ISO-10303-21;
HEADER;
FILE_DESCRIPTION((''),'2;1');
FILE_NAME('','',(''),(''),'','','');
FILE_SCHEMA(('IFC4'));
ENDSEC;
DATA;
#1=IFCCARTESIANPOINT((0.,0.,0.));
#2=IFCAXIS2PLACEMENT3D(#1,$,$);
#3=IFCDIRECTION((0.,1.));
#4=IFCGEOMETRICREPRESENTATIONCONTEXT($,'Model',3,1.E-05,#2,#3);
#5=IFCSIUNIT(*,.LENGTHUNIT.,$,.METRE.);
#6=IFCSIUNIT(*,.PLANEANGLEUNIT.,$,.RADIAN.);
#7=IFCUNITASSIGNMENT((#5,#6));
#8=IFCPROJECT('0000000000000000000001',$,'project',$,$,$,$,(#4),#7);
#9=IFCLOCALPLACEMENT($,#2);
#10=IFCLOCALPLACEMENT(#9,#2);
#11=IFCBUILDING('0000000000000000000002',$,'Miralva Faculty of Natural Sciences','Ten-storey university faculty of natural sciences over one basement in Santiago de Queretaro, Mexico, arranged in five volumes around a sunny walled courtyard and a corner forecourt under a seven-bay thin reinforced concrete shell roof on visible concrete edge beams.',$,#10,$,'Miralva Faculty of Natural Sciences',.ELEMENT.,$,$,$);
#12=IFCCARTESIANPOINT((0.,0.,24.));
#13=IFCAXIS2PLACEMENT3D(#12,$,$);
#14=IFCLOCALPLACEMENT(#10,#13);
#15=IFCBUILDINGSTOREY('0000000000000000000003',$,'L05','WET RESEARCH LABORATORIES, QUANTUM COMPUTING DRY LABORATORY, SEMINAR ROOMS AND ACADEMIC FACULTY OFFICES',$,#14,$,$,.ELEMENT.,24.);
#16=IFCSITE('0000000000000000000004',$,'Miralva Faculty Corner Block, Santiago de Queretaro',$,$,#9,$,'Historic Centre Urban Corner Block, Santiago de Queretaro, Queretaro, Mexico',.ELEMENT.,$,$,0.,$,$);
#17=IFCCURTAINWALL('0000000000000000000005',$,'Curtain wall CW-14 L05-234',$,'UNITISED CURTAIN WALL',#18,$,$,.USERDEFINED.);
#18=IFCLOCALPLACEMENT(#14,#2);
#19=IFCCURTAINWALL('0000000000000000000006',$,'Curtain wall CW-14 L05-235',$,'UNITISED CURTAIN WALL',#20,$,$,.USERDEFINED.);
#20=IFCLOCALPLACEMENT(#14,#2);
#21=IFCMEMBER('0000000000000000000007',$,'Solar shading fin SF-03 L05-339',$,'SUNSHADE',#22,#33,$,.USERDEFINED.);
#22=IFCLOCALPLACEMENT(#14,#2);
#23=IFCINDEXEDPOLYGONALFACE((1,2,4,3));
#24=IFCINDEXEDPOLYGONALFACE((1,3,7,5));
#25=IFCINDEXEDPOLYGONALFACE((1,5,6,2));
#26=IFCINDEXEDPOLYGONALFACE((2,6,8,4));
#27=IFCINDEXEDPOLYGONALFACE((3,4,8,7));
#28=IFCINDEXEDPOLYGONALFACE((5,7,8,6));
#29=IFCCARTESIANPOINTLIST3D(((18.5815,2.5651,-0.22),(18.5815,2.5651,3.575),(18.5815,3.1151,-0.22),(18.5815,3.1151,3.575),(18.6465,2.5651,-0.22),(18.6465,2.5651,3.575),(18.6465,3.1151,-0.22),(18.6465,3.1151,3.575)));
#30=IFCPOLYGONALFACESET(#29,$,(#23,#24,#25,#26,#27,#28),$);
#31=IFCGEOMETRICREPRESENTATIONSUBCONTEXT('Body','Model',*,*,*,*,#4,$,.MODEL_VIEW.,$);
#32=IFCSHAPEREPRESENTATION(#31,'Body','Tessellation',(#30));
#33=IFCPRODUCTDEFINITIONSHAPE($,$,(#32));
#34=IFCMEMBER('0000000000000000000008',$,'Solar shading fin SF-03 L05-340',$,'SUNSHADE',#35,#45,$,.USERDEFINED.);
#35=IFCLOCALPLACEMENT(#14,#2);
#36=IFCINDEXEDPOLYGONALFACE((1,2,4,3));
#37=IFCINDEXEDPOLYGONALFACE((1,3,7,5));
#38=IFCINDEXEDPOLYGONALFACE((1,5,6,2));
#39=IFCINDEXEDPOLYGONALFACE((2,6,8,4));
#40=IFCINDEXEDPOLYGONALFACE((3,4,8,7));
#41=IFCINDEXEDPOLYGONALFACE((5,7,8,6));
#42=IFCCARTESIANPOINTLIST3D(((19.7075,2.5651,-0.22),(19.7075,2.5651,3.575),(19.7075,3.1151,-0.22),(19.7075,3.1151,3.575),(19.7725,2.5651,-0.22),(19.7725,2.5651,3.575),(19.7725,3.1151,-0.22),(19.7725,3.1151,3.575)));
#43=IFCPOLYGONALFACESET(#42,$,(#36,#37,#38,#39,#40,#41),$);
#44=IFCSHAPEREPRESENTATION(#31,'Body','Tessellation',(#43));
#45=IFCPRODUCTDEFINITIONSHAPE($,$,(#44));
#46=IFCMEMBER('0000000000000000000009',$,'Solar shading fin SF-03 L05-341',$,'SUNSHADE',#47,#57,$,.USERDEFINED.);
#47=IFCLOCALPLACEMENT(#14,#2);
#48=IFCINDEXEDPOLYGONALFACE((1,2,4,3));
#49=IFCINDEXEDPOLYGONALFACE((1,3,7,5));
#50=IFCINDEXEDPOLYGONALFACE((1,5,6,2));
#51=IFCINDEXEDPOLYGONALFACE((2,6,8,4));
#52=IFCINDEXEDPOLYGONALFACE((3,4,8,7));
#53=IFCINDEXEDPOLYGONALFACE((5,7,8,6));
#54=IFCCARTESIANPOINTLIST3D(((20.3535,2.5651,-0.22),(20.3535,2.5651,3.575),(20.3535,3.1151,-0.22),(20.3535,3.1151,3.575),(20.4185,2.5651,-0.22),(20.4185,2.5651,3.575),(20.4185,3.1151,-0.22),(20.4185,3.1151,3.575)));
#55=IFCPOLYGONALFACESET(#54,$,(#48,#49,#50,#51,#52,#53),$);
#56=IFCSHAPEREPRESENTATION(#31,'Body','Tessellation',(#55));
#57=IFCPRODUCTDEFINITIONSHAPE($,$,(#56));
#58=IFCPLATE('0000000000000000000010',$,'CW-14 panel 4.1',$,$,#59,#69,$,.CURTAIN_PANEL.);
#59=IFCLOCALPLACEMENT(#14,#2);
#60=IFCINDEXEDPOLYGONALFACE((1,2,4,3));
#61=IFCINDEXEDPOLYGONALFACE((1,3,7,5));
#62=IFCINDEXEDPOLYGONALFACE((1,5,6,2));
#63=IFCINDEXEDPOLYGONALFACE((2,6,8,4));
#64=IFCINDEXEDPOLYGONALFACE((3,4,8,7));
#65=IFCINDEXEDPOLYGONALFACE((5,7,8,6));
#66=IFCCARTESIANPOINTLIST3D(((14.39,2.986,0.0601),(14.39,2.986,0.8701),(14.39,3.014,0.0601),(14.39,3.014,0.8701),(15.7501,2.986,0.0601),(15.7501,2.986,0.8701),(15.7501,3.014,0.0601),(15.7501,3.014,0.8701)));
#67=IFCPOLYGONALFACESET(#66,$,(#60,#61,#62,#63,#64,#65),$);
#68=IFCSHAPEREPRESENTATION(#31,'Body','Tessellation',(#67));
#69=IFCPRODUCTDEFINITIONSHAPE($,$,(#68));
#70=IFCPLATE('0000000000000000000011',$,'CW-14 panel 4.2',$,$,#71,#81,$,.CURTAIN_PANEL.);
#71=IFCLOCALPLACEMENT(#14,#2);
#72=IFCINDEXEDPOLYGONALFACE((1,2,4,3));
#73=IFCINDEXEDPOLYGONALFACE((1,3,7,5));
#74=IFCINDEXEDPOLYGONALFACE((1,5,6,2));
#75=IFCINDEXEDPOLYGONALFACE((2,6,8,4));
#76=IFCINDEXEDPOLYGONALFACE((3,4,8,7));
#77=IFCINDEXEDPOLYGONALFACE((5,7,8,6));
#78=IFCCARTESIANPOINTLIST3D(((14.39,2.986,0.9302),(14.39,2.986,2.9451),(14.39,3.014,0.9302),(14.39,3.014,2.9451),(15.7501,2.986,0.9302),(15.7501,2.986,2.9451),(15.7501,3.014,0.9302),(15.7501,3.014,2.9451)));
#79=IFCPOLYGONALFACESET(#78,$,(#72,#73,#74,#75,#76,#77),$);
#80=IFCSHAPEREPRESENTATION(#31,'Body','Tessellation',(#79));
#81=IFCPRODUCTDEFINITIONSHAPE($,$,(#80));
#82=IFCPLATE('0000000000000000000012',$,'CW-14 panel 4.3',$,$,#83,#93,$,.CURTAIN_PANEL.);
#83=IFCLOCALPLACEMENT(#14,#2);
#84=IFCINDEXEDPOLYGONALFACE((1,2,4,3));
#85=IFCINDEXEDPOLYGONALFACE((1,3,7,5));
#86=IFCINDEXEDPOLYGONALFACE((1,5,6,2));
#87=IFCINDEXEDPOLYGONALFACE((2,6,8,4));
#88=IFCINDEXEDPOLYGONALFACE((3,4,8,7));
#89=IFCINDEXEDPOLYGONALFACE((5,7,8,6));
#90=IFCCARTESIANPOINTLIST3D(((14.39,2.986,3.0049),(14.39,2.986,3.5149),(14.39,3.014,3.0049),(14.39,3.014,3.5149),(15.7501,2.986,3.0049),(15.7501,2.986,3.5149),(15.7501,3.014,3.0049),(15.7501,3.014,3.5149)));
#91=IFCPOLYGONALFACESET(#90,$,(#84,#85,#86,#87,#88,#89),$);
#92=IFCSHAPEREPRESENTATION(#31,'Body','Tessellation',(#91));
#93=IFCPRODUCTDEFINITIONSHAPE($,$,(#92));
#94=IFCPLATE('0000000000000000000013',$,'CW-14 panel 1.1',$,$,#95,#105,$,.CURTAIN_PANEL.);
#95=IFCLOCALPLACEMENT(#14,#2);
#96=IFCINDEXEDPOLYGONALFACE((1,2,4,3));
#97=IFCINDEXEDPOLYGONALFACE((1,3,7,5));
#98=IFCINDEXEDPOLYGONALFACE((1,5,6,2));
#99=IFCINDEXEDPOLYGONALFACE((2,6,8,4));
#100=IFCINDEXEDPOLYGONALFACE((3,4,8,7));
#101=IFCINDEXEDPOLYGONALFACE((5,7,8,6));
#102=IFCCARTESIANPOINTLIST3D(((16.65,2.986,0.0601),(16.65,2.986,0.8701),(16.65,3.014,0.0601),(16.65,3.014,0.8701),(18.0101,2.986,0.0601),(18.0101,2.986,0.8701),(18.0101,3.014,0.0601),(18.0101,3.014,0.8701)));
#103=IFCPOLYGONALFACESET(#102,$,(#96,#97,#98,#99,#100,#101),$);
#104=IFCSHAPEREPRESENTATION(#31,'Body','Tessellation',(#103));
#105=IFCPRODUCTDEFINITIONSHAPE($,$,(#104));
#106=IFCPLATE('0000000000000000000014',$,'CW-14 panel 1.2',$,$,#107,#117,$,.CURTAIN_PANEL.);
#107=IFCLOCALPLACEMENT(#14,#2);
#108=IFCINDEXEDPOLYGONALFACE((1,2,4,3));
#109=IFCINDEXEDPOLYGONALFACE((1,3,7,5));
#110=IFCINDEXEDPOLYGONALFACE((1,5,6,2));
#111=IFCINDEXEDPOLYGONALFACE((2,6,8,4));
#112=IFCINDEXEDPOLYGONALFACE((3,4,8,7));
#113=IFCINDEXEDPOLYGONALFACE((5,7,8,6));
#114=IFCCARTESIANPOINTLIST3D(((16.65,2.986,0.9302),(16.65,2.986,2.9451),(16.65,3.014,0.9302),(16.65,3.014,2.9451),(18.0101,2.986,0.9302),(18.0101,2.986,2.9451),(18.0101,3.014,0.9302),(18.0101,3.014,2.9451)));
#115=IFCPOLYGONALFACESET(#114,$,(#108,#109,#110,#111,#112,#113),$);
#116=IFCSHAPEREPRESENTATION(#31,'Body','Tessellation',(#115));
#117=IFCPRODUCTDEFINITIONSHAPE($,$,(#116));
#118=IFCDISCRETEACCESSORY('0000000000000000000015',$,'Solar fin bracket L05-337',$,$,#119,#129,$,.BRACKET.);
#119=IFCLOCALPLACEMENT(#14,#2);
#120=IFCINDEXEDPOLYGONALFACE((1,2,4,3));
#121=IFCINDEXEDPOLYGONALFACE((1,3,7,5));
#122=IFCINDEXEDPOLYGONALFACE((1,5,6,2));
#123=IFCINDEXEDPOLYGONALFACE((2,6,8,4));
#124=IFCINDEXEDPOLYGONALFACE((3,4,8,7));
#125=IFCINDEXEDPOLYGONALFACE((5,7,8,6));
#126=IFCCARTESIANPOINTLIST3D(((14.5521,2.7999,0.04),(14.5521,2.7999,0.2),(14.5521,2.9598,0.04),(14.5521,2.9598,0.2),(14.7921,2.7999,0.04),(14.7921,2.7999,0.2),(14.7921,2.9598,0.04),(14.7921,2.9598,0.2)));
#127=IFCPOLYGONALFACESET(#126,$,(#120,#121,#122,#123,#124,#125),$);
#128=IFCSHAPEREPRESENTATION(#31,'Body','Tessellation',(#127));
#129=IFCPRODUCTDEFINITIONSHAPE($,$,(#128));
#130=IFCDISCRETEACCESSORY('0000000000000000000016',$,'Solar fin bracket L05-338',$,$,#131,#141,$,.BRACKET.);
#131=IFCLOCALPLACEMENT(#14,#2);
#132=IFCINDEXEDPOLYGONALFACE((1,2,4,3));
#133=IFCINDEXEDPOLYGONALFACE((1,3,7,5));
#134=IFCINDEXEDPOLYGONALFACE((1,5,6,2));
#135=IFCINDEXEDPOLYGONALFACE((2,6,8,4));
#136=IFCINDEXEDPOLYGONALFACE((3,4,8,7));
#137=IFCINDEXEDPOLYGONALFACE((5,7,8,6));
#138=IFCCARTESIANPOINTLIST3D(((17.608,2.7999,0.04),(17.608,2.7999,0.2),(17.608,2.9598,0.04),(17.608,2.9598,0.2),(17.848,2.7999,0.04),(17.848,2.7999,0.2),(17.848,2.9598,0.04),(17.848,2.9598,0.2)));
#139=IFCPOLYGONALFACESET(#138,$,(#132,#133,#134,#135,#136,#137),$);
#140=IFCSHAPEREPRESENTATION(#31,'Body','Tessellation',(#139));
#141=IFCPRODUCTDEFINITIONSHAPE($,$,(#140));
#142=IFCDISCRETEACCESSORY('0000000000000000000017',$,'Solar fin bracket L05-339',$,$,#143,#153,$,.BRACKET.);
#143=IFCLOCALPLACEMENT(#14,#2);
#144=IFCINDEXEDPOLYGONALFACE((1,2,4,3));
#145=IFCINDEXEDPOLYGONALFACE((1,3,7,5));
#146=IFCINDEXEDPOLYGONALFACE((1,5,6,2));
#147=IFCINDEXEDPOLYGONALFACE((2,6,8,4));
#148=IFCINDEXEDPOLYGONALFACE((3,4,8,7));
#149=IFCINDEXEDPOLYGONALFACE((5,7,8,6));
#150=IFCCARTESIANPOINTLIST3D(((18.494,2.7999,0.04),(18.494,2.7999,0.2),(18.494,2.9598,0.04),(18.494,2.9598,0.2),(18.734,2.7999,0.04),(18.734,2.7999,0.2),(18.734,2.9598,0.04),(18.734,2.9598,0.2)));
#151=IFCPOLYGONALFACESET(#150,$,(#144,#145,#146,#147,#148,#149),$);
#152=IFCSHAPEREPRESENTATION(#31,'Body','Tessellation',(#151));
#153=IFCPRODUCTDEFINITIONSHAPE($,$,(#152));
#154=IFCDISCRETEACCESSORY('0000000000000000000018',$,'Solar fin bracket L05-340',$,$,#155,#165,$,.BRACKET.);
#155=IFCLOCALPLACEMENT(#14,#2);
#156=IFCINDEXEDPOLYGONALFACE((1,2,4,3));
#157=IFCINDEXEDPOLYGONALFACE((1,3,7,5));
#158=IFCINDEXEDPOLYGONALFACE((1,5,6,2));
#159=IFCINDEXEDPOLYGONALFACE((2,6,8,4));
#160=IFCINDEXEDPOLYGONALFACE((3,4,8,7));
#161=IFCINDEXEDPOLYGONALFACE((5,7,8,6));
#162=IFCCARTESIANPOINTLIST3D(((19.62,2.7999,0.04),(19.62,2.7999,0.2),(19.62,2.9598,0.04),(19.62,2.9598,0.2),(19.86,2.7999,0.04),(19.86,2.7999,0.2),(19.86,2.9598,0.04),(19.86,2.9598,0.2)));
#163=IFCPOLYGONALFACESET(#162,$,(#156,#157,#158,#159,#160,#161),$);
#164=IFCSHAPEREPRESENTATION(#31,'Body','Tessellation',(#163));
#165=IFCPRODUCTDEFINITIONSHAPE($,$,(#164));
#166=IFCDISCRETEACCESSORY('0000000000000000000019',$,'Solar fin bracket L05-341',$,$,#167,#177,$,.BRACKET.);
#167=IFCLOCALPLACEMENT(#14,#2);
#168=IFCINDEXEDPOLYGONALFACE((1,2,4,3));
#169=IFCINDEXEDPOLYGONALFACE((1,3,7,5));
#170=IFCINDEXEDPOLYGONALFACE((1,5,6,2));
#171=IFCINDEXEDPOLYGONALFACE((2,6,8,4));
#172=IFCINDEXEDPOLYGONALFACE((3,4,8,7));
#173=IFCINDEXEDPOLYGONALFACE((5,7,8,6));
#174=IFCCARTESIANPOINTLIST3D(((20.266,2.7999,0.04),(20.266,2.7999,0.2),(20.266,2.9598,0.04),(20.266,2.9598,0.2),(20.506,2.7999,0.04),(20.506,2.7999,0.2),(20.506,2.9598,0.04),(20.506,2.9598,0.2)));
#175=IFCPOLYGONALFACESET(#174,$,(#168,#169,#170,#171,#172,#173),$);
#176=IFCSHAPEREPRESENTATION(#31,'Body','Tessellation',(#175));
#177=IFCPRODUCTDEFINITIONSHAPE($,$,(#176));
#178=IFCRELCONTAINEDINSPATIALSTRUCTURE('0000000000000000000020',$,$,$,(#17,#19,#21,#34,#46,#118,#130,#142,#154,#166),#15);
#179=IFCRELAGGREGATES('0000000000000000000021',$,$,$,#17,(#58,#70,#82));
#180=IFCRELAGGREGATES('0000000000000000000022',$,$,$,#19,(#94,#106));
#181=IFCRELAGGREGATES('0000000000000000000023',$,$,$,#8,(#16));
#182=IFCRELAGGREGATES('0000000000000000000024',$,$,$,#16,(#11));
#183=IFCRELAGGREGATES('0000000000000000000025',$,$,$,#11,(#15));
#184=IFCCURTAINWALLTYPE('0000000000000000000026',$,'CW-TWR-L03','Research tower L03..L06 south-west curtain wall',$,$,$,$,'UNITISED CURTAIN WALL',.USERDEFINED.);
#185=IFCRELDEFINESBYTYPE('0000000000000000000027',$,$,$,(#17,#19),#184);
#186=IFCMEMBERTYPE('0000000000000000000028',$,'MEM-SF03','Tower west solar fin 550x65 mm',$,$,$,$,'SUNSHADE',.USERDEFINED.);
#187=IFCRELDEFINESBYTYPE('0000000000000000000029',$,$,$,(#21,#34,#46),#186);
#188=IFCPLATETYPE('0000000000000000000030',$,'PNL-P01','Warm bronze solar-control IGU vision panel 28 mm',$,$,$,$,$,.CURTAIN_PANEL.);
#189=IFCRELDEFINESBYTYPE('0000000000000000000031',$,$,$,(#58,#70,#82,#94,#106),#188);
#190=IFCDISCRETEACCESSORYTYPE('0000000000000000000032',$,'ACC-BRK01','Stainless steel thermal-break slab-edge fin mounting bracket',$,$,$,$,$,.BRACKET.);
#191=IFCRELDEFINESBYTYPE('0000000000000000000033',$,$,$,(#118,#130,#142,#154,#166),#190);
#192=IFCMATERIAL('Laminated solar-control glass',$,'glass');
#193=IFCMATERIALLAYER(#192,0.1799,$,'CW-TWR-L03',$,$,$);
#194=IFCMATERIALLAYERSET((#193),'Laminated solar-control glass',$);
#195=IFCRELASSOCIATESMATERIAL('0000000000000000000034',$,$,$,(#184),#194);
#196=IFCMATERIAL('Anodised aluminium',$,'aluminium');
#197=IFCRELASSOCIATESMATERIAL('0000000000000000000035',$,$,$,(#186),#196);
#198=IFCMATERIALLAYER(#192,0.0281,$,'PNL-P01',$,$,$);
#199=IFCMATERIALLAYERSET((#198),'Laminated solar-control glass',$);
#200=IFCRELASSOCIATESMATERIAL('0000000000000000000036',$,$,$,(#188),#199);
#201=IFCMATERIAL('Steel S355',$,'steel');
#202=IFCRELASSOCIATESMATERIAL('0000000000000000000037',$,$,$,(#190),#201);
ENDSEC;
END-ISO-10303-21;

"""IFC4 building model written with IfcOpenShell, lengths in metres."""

from ifc_helpers import new_model, si_unit, direction, frame, origin, origin_2d, place, context, subcontext, project, spatial, rectangle, extrude, material, layer, layer_set, material_profile, profile_set, type_object, element, aggregate, save


model = new_model("IFC4")

# Units and contexts
model_context = context("Model", 3, precision=1e-05, world=origin(), true_north=direction((0.0, 1.0)))
body_context = subcontext(model_context, "Body", "Model", "MODEL_VIEW")
ifc_project = project(units=[si_unit("LENGTHUNIT", "METRE"), si_unit("PLANEANGLEUNIT", "RADIAN")], contexts=[model_context])

# Site, building, storey
site_placement = place(None, origin())
site = spatial("IfcSite", under=ifc_project, at=site_placement, Name="Miralva Faculty Corner Block, Santiago de Queretaro", LongName="Historic Centre Urban Corner Block, Santiago de Queretaro, Queretaro, Mexico", CompositionType="ELEMENT", RefElevation=0.0)
building_placement = place(site_placement, origin())
building = spatial("IfcBuilding", under=site, at=building_placement, Name="Miralva Faculty of Natural Sciences", Description="Ten-storey university faculty of natural sciences over one basement in Santiago de Queretaro, Mexico, arranged in five volumes around a sunny walled courtyard and a corner forecourt under a seven-bay thin reinforced concrete shell roof on visible concrete edge beams.", LongName="Miralva Faculty of Natural Sciences", CompositionType="ELEMENT")
storey_placement = place(building_placement, frame((0.0, 0.0, 24.0)))
storey = spatial("IfcBuildingStorey", under=building, at=storey_placement, Name="L05", Description="WET RESEARCH LABORATORIES, QUANTUM COMPUTING DRY LABORATORY, SEMINAR ROOMS AND ACADEMIC FACULTY OFFICES", CompositionType="ELEMENT", Elevation=24.0)

# Curtain walls
ifc_material_1 = material(Name="Laminated solar-control glass", Category="glass")
ifc_layer_1 = layer(ifc_material_1, 0.1799, Name="CW-TWR-L03")
ifc_layer_set_1 = layer_set([ifc_layer_1], Name="Laminated solar-control glass")
curtain_wall_type = type_object("IfcCurtainWallType", Name="CW-TWR-L03", Description="Research tower L03..L06 south-west curtain wall", ElementType="UNITISED CURTAIN WALL", PredefinedType="USERDEFINED", material=ifc_layer_set_1)
curtain_wall_1_placement = place(storey_placement, origin())
curtain_wall_1 = element("IfcCurtainWall", 1, at=curtain_wall_1_placement, inside=storey, type_object=curtain_wall_type, Name="Curtain wall CW-14 L05-234", ObjectType="UNITISED CURTAIN WALL", PredefinedType="USERDEFINED")
ifc_material_2 = material(Name="Anodised aluminium", Category="aluminium")
curtain_wall_2_placement = place(storey_placement, origin())
curtain_wall_2 = element("IfcCurtainWall", 2, at=curtain_wall_2_placement, inside=storey, type_object=curtain_wall_type, Name="Curtain wall CW-14 L05-235", ObjectType="UNITISED CURTAIN WALL", PredefinedType="USERDEFINED")

# Members
ifc_material_profile_1 = material_profile(ifc_material_2, rectangle(XDim=0.0649, YDim=0.55, at=origin_2d()), Name="FIN 550x65")
ifc_profile_set_1 = profile_set([ifc_material_profile_1], Name="Anodised aluminium")
member_type_1 = type_object("IfcMemberType", Name="MEM-SF03", Description="Tower west solar fin 550x65 mm", ElementType="SUNSHADE", PredefinedType="USERDEFINED", material=ifc_profile_set_1)
for number, where, z_axis, x_axis, name in (
    (3, (18.614, 2.8401, -0.22), (0.0, 0.0, 1.0), (1.0, 0.0, 0.0), "Solar shading fin SF-03 L05-339"),
    (4, (19.74, 2.8401, -0.22), (0.0, 0.0, 1.0), (1.0, 0.0, 0.0), "Solar shading fin SF-03 L05-340"),
    (5, (20.386, 2.8401, -0.22), (0.0, 0.0, 1.0), (1.0, 0.0, 0.0), "Solar shading fin SF-03 L05-341"),
):
    element("IfcMember", number, at=place(storey_placement, frame(where, z_axis=z_axis, x_axis=x_axis)), inside=storey, type_object=member_type_1, Name=name, ObjectType="SUNSHADE", PredefinedType="USERDEFINED", context=body_context, shape_type="SweptSolid", body=[
        extrude(rectangle(XDim=0.0649, YDim=0.55, at=origin_2d()), origin(), (0.0, 0.0, 1.0), 3.7949),
    ])

# Plates
ifc_layer_2 = layer(ifc_material_1, 0.0281, Name="PNL-P01")
ifc_layer_set_2 = layer_set([ifc_layer_2], Name="Laminated solar-control glass")
plate_type = type_object("IfcPlateType", Name="PNL-P01", Description="Warm bronze solar-control IGU vision panel 28 mm", PredefinedType="CURTAIN_PANEL", material=ifc_layer_set_2)
plate_1_placement = place(storey_placement, frame((15.0701, 3.0, 0.0601), z_axis=(0.0, 0.0, 1.0), x_axis=(1.0, 0.0, 0.0)))
plate_1 = element("IfcPlate", 6, at=plate_1_placement, type_object=plate_type, Name="CW-14 panel 4.1", PredefinedType="CURTAIN_PANEL", context=body_context, shape_type="SweptSolid", body=[
    extrude(rectangle(XDim=1.3601, YDim=0.0281, at=origin_2d()), origin(), (0.0, 0.0, 1.0), 0.8101),
])
plate_2_placement = place(storey_placement, frame((15.0701, 3.0, 0.9302), z_axis=(0.0, 0.0, 1.0), x_axis=(1.0, 0.0, 0.0)))
plate_2 = element("IfcPlate", 7, at=plate_2_placement, type_object=plate_type, Name="CW-14 panel 4.2", PredefinedType="CURTAIN_PANEL", context=body_context, shape_type="SweptSolid", body=[
    extrude(rectangle(XDim=1.3601, YDim=0.0281, at=origin_2d()), origin(), (0.0, 0.0, 1.0), 2.0149),
])
plate_3_placement = place(storey_placement, frame((15.0701, 3.0, 3.0049), z_axis=(0.0, 0.0, 1.0), x_axis=(1.0, 0.0, 0.0)))
plate_3 = element("IfcPlate", 8, at=plate_3_placement, type_object=plate_type, Name="CW-14 panel 4.3", PredefinedType="CURTAIN_PANEL", context=body_context, shape_type="SweptSolid", body=[
    extrude(rectangle(XDim=1.3601, YDim=0.0281, at=origin_2d()), origin(), (0.0, 0.0, 1.0), 0.51),
])
aggregate(curtain_wall_1, [plate_1, plate_2, plate_3])
plate_4_placement = place(storey_placement, frame((17.3301, 3.0, 0.0601), z_axis=(0.0, 0.0, 1.0), x_axis=(1.0, 0.0, 0.0)))
plate_4 = element("IfcPlate", 9, at=plate_4_placement, type_object=plate_type, Name="CW-14 panel 1.1", PredefinedType="CURTAIN_PANEL", context=body_context, shape_type="SweptSolid", body=[
    extrude(rectangle(XDim=1.3601, YDim=0.0281, at=origin_2d()), origin(), (0.0, 0.0, 1.0), 0.8101),
])
plate_5_placement = place(storey_placement, frame((17.3301, 3.0, 0.9302), z_axis=(0.0, 0.0, 1.0), x_axis=(1.0, 0.0, 0.0)))
plate_5 = element("IfcPlate", 10, at=plate_5_placement, type_object=plate_type, Name="CW-14 panel 1.2", PredefinedType="CURTAIN_PANEL", context=body_context, shape_type="SweptSolid", body=[
    extrude(rectangle(XDim=1.3601, YDim=0.0281, at=origin_2d()), origin(), (0.0, 0.0, 1.0), 2.0149),
])
aggregate(curtain_wall_2, [plate_4, plate_5])

# Discrete accessories
ifc_material_3 = material(Name="Steel S355", Category="steel")
discrete_accessory_type = type_object("IfcDiscreteAccessoryType", Name="ACC-BRK01", Description="Stainless steel thermal-break slab-edge fin mounting bracket", PredefinedType="BRACKET", material=ifc_material_3)
for number, where, z_axis, x_axis, name in (
    (11, (14.6721, 2.8799, 0.04), (0.0, 0.0, 1.0), (0.0, -1.0, 0.0), "Solar fin bracket L05-337"),
    (12, (17.728, 2.8799, 0.04), (0.0, 0.0, 1.0), (0.0, -1.0, 0.0), "Solar fin bracket L05-338"),
    (13, (18.614, 2.8799, 0.04), (0.0, 0.0, 1.0), (0.0, -1.0, 0.0), "Solar fin bracket L05-339"),
    (14, (19.74, 2.8799, 0.04), (0.0, 0.0, 1.0), (0.0, -1.0, 0.0), "Solar fin bracket L05-340"),
    (15, (20.386, 2.8799, 0.04), (0.0, 0.0, 1.0), (0.0, -1.0, 0.0), "Solar fin bracket L05-341"),
):
    element("IfcDiscreteAccessory", number, at=place(storey_placement, frame(where, z_axis=z_axis, x_axis=x_axis)), inside=storey, type_object=discrete_accessory_type, Name=name, PredefinedType="BRACKET", context=body_context, shape_type="SweptSolid", body=[
        extrude(rectangle(XDim=0.1599, YDim=0.24, at=origin_2d()), origin(), (0.0, 0.0, 1.0), 0.1599),
    ])

save(model, "model.ifc")
